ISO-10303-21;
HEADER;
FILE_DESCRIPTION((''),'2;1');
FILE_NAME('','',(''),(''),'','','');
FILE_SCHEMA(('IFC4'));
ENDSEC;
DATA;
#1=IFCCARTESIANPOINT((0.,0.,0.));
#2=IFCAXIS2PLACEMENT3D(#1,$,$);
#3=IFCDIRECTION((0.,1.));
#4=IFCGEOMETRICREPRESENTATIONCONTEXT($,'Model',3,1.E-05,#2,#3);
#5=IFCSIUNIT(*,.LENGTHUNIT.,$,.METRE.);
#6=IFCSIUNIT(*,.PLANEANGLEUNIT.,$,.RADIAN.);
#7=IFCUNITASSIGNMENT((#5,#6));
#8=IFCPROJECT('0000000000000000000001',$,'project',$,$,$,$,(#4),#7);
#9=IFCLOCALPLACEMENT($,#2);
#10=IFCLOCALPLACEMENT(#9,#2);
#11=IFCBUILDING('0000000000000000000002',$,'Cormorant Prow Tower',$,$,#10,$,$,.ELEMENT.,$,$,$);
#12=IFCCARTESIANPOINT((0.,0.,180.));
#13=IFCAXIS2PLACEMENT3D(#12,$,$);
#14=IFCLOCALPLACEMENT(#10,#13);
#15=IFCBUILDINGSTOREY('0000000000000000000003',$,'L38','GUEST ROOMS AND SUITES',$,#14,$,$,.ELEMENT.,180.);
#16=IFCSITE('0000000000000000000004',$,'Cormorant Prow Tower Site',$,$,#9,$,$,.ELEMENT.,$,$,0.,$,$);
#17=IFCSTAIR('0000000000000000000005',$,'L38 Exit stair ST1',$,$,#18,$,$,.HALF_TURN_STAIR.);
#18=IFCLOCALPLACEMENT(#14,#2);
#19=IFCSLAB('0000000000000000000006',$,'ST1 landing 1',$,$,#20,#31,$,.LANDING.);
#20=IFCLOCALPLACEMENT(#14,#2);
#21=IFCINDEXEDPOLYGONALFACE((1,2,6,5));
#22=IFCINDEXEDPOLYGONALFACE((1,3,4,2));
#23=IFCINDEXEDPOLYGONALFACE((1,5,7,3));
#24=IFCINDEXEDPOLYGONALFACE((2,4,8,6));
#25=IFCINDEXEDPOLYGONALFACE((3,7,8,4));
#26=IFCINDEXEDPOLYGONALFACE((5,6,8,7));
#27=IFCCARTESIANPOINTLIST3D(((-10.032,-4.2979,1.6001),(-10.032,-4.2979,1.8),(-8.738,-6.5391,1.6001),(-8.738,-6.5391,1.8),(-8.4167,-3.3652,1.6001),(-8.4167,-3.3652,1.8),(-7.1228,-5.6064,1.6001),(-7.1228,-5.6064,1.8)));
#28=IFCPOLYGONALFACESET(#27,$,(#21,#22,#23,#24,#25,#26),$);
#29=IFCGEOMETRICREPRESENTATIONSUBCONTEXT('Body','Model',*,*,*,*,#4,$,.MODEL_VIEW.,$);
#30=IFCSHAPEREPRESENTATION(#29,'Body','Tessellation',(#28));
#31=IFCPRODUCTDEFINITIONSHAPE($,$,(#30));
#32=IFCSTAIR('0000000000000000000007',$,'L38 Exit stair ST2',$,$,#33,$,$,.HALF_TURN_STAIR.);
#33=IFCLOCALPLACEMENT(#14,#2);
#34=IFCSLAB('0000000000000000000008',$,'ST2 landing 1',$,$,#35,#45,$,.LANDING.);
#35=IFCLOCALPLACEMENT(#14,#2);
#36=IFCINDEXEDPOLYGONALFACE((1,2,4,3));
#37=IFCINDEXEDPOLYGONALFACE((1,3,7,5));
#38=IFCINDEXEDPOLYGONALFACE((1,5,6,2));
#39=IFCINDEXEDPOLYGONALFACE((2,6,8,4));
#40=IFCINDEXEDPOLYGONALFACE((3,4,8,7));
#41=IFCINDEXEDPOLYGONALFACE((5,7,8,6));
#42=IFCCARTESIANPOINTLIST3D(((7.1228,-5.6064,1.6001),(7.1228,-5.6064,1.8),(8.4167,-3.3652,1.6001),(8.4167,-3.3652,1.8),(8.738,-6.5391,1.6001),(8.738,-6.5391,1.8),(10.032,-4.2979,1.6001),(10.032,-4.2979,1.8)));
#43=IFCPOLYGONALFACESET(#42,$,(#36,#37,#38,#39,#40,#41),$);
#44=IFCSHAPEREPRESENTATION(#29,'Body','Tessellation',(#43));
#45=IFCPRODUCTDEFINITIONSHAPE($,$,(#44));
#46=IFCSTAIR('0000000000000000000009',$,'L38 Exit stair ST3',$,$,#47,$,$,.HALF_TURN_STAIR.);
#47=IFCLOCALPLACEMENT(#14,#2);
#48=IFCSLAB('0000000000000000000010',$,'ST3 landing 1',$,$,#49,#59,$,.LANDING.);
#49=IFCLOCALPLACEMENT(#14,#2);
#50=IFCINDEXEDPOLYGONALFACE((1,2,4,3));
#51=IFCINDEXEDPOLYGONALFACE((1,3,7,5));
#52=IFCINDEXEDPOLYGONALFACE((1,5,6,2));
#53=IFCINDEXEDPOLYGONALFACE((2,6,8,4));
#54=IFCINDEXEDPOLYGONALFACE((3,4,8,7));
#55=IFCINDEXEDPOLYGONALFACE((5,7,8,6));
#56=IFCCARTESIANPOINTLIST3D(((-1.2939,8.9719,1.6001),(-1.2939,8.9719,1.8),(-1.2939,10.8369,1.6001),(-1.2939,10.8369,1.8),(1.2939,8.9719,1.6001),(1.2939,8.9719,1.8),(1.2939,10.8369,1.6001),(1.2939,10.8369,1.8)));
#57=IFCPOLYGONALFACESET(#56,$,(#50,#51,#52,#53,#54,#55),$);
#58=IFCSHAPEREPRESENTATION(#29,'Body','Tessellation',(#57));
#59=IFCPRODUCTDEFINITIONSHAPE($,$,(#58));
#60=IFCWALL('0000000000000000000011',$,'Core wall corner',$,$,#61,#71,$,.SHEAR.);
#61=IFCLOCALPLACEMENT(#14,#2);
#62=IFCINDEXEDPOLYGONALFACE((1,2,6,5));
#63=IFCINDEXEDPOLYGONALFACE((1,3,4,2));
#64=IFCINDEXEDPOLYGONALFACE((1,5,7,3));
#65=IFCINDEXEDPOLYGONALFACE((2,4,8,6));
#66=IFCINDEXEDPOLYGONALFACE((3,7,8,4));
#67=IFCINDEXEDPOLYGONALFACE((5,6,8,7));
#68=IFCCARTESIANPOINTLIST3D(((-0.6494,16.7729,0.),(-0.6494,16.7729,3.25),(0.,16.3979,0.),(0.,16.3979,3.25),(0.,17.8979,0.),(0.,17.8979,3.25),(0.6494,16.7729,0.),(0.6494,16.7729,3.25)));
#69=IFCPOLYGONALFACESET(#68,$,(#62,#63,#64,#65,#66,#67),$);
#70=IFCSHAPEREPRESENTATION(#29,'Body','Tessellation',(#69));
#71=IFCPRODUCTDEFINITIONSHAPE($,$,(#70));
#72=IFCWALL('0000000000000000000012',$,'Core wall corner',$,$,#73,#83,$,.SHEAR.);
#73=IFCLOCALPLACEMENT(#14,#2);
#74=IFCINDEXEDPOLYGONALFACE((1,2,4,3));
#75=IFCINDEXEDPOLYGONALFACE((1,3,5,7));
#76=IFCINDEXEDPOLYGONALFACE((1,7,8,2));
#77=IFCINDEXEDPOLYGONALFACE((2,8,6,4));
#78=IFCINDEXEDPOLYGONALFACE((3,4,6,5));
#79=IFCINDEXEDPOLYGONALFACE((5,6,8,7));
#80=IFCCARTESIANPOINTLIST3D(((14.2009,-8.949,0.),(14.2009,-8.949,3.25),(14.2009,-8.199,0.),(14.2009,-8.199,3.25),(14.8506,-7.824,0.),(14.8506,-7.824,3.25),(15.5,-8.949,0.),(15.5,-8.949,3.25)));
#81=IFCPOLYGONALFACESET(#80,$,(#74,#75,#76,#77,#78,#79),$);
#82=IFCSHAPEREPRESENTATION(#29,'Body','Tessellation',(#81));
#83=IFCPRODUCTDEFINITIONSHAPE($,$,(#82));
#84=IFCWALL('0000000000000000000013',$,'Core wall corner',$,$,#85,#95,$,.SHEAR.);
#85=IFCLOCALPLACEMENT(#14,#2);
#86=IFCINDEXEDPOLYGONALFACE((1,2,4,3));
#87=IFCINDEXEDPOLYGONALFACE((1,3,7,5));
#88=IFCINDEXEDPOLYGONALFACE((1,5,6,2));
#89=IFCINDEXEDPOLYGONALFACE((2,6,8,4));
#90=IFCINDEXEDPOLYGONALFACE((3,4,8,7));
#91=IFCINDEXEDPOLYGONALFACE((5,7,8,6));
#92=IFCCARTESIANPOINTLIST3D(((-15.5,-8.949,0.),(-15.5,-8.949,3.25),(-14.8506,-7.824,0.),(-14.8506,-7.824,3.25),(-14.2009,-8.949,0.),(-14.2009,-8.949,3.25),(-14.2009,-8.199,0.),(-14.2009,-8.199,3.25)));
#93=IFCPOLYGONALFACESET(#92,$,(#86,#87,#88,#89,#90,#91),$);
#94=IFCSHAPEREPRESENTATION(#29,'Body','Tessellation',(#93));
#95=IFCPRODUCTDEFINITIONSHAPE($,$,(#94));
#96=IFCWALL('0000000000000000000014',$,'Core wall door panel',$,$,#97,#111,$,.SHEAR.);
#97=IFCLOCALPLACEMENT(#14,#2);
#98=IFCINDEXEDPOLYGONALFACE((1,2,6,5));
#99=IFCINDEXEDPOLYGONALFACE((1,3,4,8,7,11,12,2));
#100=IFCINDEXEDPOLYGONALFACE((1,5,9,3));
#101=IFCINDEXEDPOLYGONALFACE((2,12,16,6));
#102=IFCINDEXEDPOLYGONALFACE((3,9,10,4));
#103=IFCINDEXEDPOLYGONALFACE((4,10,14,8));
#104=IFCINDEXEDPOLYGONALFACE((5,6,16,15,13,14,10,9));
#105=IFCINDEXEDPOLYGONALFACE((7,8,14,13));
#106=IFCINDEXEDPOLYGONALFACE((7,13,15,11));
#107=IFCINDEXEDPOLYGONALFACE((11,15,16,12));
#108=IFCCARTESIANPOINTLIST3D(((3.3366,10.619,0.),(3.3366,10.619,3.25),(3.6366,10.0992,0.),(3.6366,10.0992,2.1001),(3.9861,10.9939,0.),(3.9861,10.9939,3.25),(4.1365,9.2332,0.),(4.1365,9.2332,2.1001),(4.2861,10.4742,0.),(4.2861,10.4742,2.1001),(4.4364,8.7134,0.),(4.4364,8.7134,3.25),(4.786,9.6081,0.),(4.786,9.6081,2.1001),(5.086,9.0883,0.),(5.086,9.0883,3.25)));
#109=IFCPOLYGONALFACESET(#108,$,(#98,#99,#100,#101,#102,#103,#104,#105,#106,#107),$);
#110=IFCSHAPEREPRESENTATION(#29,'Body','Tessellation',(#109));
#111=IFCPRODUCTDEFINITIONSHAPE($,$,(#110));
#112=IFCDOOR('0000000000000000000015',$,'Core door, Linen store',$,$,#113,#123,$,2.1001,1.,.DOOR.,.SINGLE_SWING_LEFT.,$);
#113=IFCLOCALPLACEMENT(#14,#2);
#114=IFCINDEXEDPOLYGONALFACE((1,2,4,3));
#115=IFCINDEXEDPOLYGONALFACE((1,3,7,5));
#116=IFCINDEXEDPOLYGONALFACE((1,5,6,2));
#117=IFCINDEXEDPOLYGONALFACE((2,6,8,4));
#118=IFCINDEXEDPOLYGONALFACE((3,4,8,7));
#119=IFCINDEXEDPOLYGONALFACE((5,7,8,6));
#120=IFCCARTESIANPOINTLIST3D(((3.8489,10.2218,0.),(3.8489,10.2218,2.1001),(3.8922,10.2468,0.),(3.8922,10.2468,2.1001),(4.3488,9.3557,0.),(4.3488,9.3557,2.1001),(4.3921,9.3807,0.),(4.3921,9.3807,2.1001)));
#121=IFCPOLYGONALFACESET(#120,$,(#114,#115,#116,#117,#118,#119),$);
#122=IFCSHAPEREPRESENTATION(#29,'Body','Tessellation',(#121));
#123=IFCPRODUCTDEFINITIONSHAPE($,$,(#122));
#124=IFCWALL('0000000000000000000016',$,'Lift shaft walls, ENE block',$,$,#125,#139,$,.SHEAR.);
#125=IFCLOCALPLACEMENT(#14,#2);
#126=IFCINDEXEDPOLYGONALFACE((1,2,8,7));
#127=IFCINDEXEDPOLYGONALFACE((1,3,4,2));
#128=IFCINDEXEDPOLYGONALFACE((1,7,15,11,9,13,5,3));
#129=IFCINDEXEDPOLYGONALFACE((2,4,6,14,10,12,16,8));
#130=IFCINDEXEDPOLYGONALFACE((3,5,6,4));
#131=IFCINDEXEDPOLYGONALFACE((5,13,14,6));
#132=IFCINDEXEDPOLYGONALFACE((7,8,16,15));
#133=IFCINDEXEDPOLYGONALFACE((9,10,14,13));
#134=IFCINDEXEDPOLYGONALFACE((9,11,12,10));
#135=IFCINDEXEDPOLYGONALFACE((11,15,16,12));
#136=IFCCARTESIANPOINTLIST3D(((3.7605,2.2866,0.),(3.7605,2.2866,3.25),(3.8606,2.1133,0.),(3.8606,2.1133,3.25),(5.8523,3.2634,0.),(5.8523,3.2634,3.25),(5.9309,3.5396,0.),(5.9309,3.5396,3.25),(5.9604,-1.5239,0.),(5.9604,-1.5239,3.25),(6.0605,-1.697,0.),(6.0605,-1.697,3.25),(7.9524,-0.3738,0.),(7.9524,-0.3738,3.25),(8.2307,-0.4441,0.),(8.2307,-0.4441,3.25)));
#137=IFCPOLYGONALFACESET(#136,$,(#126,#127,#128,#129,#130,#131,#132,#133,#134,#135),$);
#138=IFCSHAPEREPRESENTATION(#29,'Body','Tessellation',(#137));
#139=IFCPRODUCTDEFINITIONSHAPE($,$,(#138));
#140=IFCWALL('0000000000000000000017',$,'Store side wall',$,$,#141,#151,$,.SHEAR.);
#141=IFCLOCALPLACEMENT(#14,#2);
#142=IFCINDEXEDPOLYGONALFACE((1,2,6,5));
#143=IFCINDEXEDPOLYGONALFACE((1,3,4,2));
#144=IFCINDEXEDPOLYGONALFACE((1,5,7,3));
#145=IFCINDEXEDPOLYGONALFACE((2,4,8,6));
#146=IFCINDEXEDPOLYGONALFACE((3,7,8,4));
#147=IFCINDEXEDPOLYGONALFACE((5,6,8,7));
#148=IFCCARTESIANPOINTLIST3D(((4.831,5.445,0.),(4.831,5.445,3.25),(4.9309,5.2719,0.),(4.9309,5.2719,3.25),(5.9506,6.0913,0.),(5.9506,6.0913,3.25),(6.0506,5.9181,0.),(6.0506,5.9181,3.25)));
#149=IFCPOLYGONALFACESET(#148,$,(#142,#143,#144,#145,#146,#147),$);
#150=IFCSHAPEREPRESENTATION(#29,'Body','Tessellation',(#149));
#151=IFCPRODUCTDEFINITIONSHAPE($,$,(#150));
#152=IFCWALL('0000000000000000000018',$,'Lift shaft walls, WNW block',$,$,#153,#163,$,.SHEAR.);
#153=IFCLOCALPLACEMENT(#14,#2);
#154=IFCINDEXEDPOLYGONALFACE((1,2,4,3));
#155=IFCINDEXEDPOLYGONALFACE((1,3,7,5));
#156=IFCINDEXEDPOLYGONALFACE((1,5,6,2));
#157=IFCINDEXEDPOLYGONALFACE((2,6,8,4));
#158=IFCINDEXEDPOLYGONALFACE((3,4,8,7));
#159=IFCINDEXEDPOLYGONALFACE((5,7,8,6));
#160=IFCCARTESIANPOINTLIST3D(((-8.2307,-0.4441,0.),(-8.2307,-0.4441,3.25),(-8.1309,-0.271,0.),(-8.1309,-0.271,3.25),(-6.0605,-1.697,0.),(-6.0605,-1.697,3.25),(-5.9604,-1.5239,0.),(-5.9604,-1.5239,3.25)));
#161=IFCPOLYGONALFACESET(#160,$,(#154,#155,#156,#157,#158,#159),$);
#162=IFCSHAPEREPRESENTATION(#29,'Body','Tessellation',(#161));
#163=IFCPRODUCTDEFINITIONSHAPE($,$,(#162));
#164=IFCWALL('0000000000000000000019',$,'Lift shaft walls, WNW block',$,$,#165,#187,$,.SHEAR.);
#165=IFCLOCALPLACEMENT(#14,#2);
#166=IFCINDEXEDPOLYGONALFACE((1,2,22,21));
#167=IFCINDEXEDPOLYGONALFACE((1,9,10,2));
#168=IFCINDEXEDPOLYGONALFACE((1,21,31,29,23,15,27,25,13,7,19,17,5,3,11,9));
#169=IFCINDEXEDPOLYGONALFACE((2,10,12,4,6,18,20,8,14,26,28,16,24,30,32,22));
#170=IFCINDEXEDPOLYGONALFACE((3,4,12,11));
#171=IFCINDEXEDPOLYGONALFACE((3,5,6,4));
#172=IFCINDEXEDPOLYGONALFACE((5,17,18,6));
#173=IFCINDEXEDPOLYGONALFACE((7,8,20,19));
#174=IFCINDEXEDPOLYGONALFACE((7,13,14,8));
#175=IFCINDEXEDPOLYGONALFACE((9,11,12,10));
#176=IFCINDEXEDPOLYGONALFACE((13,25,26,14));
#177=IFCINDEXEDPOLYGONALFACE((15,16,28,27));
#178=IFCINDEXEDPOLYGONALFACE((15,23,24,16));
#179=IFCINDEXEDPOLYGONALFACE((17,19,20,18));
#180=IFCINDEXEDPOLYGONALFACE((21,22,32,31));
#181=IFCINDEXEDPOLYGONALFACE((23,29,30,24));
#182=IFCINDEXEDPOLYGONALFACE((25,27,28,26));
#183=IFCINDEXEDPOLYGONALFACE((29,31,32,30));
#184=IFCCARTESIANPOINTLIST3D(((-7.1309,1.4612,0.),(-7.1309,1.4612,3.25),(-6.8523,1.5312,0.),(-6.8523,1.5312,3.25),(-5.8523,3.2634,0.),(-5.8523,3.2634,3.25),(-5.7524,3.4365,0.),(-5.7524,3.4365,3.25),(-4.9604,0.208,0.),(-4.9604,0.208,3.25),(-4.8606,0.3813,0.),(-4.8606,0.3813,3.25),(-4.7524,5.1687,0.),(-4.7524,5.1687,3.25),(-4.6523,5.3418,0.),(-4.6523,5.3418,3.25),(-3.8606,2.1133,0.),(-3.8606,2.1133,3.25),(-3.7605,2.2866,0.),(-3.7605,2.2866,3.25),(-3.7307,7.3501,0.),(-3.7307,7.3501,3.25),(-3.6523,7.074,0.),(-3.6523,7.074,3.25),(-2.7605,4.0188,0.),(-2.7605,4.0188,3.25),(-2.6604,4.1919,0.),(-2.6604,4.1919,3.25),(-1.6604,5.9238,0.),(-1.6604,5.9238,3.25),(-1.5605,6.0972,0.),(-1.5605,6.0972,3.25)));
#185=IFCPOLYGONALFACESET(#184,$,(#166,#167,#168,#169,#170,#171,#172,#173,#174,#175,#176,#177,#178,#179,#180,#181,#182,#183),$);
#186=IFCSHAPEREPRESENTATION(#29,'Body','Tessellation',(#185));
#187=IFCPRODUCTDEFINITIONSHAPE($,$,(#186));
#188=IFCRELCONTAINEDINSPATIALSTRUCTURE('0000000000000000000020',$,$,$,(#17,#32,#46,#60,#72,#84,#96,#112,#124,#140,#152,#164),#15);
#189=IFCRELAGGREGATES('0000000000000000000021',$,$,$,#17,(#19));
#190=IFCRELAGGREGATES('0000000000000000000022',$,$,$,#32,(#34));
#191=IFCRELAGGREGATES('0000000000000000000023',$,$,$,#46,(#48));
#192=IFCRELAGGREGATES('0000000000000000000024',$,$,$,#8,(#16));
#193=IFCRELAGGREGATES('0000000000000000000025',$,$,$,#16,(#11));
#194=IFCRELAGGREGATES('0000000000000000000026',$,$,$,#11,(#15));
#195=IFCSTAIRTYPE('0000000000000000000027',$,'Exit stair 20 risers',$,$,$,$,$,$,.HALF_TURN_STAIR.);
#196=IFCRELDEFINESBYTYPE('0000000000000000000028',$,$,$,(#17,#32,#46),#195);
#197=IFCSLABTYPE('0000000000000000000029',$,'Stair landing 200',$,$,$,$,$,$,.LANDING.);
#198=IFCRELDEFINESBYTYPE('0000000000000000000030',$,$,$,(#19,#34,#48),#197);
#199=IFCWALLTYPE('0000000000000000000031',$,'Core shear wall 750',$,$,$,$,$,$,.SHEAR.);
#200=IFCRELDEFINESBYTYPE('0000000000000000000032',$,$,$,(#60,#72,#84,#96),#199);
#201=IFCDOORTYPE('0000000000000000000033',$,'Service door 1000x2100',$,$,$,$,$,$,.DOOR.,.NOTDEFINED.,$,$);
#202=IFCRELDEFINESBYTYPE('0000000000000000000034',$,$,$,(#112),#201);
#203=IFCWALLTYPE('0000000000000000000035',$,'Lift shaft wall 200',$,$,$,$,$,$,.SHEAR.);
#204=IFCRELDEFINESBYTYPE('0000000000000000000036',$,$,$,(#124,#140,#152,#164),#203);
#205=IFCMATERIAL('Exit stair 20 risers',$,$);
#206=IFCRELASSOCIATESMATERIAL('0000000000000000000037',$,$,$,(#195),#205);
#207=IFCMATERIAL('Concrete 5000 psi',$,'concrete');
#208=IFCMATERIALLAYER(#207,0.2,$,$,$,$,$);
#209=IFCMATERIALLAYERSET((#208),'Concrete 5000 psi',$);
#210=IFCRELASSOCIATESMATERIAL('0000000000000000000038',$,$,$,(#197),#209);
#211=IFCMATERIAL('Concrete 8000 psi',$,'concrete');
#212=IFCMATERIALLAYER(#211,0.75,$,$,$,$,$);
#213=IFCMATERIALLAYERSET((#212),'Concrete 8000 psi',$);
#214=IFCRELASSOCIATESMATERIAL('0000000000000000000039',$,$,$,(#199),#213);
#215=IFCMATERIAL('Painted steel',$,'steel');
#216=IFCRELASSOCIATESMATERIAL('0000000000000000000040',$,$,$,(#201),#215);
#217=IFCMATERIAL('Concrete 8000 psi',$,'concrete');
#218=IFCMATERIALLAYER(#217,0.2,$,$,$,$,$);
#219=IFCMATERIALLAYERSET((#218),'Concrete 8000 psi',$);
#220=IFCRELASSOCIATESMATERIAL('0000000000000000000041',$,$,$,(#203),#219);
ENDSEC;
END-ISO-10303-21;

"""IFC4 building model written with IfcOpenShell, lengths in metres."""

from ifc_helpers import new_model, si_unit, direction, frame, frame_2d, origin, place, context, subcontext, project, spatial, polyline, rectangle, outline, extrude, material, layer, layer_set, type_object, element, fill, aggregate, save


model = new_model("IFC4")

# Units and contexts
model_context = context("Model", 3, precision=1e-05, world=origin(), true_north=direction((0.0, 1.0)))
body_context = subcontext(model_context, "Body", "Model", "MODEL_VIEW")
ifc_project = project(units=[si_unit("LENGTHUNIT", "METRE"), si_unit("PLANEANGLEUNIT", "RADIAN")], contexts=[model_context])

# Site, building, storey
site_placement = place(None, origin())
site = spatial("IfcSite", under=ifc_project, at=site_placement, Name="Cormorant Prow Tower Site", CompositionType="ELEMENT", RefElevation=0.0)
building_placement = place(site_placement, origin())
building = spatial("IfcBuilding", under=site, at=building_placement, Name="Cormorant Prow Tower", CompositionType="ELEMENT")
storey_placement = place(building_placement, frame((0.0, 0.0, 180.0)))
storey = spatial("IfcBuildingStorey", under=building, at=storey_placement, Name="L38", Description="GUEST ROOMS AND SUITES", CompositionType="ELEMENT", Elevation=180.0)

# Stairs, slabs
ifc_material_1 = material(Name="Exit stair 20 risers")
stair_type = type_object("IfcStairType", Name="Exit stair 20 risers", PredefinedType="HALF_TURN_STAIR", material=ifc_material_1)
stair_1_placement = place(storey_placement, origin())
stair_1 = element("IfcStair", 1, at=stair_1_placement, inside=storey, type_object=stair_type, Name="L38 Exit stair ST1", PredefinedType="HALF_TURN_STAIR")
ifc_material_2 = material(Name="Concrete 5000 psi", Category="concrete")
ifc_layer_1 = layer(ifc_material_2, 0.2)
ifc_layer_set_1 = layer_set([ifc_layer_1], Name="Concrete 5000 psi")
slab_type = type_object("IfcSlabType", Name="Stair landing 200", PredefinedType="LANDING", material=ifc_layer_set_1)
slab_1_placement = place(storey_placement, frame((0.0, 0.0, 1.6001)))
slab_1 = element("IfcSlab", 2, at=slab_1_placement, type_object=slab_type, Name="ST1 landing 1", PredefinedType="LANDING", context=body_context, shape_type="SweptSolid", body=[
    extrude(outline(polyline([(-8.4167, -3.3652), (-10.032, -4.2979), (-8.738, -6.5391), (-7.1228, -5.6064), (-8.4167, -3.3652)])), origin(), (0.0, 0.0, 1.0), 0.2),
])
aggregate(stair_1, [slab_1])
stair_2_placement = place(storey_placement, origin())
stair_2 = element("IfcStair", 3, at=stair_2_placement, inside=storey, type_object=stair_type, Name="L38 Exit stair ST2", PredefinedType="HALF_TURN_STAIR")
slab_2_placement = place(storey_placement, frame((0.0, 0.0, 1.6001)))
slab_2 = element("IfcSlab", 4, at=slab_2_placement, type_object=slab_type, Name="ST2 landing 1", PredefinedType="LANDING", context=body_context, shape_type="SweptSolid", body=[
    extrude(outline(polyline([(7.1228, -5.6064), (8.738, -6.5391), (10.032, -4.2979), (8.4167, -3.3652), (7.1228, -5.6064)])), origin(), (0.0, 0.0, 1.0), 0.2),
])
aggregate(stair_2, [slab_2])
stair_3_placement = place(storey_placement, origin())
stair_3 = element("IfcStair", 5, at=stair_3_placement, inside=storey, type_object=stair_type, Name="L38 Exit stair ST3", PredefinedType="HALF_TURN_STAIR")
slab_3_placement = place(storey_placement, frame((0.0, 0.0, 1.6001)))
slab_3 = element("IfcSlab", 6, at=slab_3_placement, type_object=slab_type, Name="ST3 landing 1", PredefinedType="LANDING", context=body_context, shape_type="SweptSolid", body=[
    extrude(outline(polyline([(1.2939, 8.9719), (1.2939, 10.8369), (-1.2939, 10.8369), (-1.2939, 8.9719), (1.2939, 8.9719)])), origin(), (0.0, 0.0, 1.0), 0.2),
])

# Walls
ifc_material_3 = material(Name="Concrete 8000 psi", Category="concrete")
ifc_layer_2 = layer(ifc_material_3, 0.75)
ifc_layer_set_2 = layer_set([ifc_layer_2], Name="Concrete 8000 psi")
wall_type_1 = type_object("IfcWallType", Name="Core shear wall 750", PredefinedType="SHEAR", material=ifc_layer_set_2)
wall_1_placement = place(storey_placement, origin())
element("IfcWall", 7, at=wall_1_placement, inside=storey, type_object=wall_type_1, Name="Core wall corner", PredefinedType="SHEAR", context=body_context, shape_type="SweptSolid", body=[
    extrude(outline(polyline([(-0.6494, 16.7729), (0.0, 17.8979), (0.6494, 16.7729), (0.0, 16.3979), (-0.6494, 16.7729)])), origin(), (0.0, 0.0, 1.0), 3.25),
])
wall_2_placement = place(storey_placement, origin())
element("IfcWall", 8, at=wall_2_placement, inside=storey, type_object=wall_type_1, Name="Core wall corner", PredefinedType="SHEAR", context=body_context, shape_type="SweptSolid", body=[
    extrude(outline(polyline([(14.2009, -8.949), (14.2009, -8.199), (14.8506, -7.824), (15.5, -8.949), (14.2009, -8.949)])), origin(), (0.0, 0.0, 1.0), 3.25),
])
wall_3_placement = place(storey_placement, origin())
element("IfcWall", 9, at=wall_3_placement, inside=storey, type_object=wall_type_1, Name="Core wall corner", PredefinedType="SHEAR", context=body_context, shape_type="SweptSolid", body=[
    extrude(outline(polyline([(-14.8506, -7.824), (-14.2009, -8.199), (-14.2009, -8.949), (-15.5, -8.949), (-14.8506, -7.824)])), origin(), (0.0, 0.0, 1.0), 3.25),
])

# Wall, opening, door
wall_4_placement = place(storey_placement, frame((4.7612, 8.9009, 0.0), z_axis=(0.0, 0.0, 1.0), x_axis=(-0.499899, 0.866084, 0.0)))
wall_4 = element("IfcWall", 10, at=wall_4_placement, inside=storey, type_object=wall_type_1, Name="Core wall door panel", PredefinedType="SHEAR", context=body_context, shape_type="SweptSolid", body=[
    extrude(rectangle(XDim=2.2002, YDim=0.75, at=frame_2d((1.1001, 0.0))), origin(), (0.0, 0.0, 1.0), 3.25),
])
opening_1_placement = place(wall_4_placement, frame((0.6001, 0.0, 0.0)))
opening_1 = element("IfcOpeningElement", 11, at=opening_1_placement, cuts=wall_4, PredefinedType="OPENING", context=body_context, shape_type="SweptSolid", body=[
    extrude(rectangle(XDim=1.0, YDim=2.1001, at=frame_2d((0.5, 1.05))), frame((0.0, 0.385, 0.0), z_axis=(0.0, -1.0, 0.0), x_axis=(1.0, 0.0, 0.0)), (0.0, 0.0, 1.0), 0.77),
])
ifc_material_4 = material(Name="Painted steel", Category="steel")
door_type_1 = type_object("IfcDoorType", Name="Service door 1000x2100", OperationType="NOTDEFINED", PredefinedType="DOOR", material=ifc_material_4)
door_1_placement = place(opening_1_placement, origin())
door_1 = element("IfcDoor", 12, at=door_1_placement, inside=storey, type_object=door_type_1, Name="Core door, Linen store", OperationType="SINGLE_SWING_LEFT", OverallHeight=2.1001, OverallWidth=1.0, PredefinedType="DOOR", context=body_context, shape_type="SweptSolid", body=[
    extrude(rectangle(XDim=1.0, YDim=2.1001, at=frame_2d((0.5, 1.05))), frame((0.0, 0.1299, 0.0), z_axis=(0.0, -1.0, 0.0), x_axis=(1.0, 0.0, 0.0)), (0.0, 0.0, 1.0), 0.05),
])
fill(opening_1, door_1)

# Walls
ifc_material_5 = material(Name="Concrete 8000 psi", Category="concrete")
ifc_layer_3 = layer(ifc_material_5, 0.2)
ifc_layer_set_3 = layer_set([ifc_layer_3], Name="Concrete 8000 psi")
wall_type_2 = type_object("IfcWallType", Name="Lift shaft wall 200", PredefinedType="SHEAR", material=ifc_layer_set_3)
wall_5_placement = place(storey_placement, origin())
element("IfcWall", 13, at=wall_5_placement, inside=storey, type_object=wall_type_2, Name="Lift shaft walls, ENE block", PredefinedType="SHEAR", context=body_context, shape_type="SweptSolid", body=[
    extrude(outline(polyline([(3.7605, 2.2866), (5.9309, 3.5396), (8.2307, -0.4441), (6.0605, -1.697), (5.9604, -1.5239), (7.9524, -0.3738), (5.8523, 3.2634), (3.8606, 2.1133), (3.7605, 2.2866)])), origin(), (0.0, 0.0, 1.0), 3.25),
])
wall_6_placement = place(storey_placement, frame((4.8809, 5.3584, 0.0), z_axis=(0.0, 0.0, 1.0), x_axis=(0.866085, 0.499897, 0.0)))
element("IfcWall", 14, at=wall_6_placement, inside=storey, type_object=wall_type_2, Name="Store side wall", PredefinedType="SHEAR", context=body_context, shape_type="SweptSolid", body=[
    extrude(rectangle(XDim=1.2927, YDim=0.2, at=frame_2d((0.6465, 0.0))), origin(), (0.0, 0.0, 1.0), 3.25),
])
wall_7_placement = place(storey_placement, origin())
element("IfcWall", 15, at=wall_7_placement, inside=storey, type_object=wall_type_2, Name="Lift shaft walls, WNW block", PredefinedType="SHEAR", context=body_context, shape_type="SweptSolid", body=[
    extrude(outline(polyline([(-6.0605, -1.697), (-8.2307, -0.4441), (-8.1309, -0.271), (-5.9604, -1.5239), (-6.0605, -1.697)])), origin(), (0.0, 0.0, 1.0), 3.25),
])
wall_8_placement = place(storey_placement, origin())
element("IfcWall", 16, at=wall_8_placement, inside=storey, type_object=wall_type_2, Name="Lift shaft walls, WNW block", PredefinedType="SHEAR", context=body_context, shape_type="SweptSolid", body=[
    extrude(outline(polyline([(-4.9604, 0.208), (-7.1309, 1.4612), (-3.7307, 7.3501), (-1.5605, 6.0972), (-1.6604, 5.9238), (-3.6523, 7.074), (-4.6523, 5.3418), (-2.6604, 4.1919), (-2.7605, 4.0188), (-4.7524, 5.1687), (-5.7524, 3.4365), (-3.7605, 2.2866), (-3.8606, 2.1133), (-5.8523, 3.2634), (-6.8523, 1.5312), (-4.8606, 0.3813), (-4.9604, 0.208)])), origin(), (0.0, 0.0, 1.0), 3.25),
])

aggregate(stair_3, [slab_3])

save(model, "model.ifc")
